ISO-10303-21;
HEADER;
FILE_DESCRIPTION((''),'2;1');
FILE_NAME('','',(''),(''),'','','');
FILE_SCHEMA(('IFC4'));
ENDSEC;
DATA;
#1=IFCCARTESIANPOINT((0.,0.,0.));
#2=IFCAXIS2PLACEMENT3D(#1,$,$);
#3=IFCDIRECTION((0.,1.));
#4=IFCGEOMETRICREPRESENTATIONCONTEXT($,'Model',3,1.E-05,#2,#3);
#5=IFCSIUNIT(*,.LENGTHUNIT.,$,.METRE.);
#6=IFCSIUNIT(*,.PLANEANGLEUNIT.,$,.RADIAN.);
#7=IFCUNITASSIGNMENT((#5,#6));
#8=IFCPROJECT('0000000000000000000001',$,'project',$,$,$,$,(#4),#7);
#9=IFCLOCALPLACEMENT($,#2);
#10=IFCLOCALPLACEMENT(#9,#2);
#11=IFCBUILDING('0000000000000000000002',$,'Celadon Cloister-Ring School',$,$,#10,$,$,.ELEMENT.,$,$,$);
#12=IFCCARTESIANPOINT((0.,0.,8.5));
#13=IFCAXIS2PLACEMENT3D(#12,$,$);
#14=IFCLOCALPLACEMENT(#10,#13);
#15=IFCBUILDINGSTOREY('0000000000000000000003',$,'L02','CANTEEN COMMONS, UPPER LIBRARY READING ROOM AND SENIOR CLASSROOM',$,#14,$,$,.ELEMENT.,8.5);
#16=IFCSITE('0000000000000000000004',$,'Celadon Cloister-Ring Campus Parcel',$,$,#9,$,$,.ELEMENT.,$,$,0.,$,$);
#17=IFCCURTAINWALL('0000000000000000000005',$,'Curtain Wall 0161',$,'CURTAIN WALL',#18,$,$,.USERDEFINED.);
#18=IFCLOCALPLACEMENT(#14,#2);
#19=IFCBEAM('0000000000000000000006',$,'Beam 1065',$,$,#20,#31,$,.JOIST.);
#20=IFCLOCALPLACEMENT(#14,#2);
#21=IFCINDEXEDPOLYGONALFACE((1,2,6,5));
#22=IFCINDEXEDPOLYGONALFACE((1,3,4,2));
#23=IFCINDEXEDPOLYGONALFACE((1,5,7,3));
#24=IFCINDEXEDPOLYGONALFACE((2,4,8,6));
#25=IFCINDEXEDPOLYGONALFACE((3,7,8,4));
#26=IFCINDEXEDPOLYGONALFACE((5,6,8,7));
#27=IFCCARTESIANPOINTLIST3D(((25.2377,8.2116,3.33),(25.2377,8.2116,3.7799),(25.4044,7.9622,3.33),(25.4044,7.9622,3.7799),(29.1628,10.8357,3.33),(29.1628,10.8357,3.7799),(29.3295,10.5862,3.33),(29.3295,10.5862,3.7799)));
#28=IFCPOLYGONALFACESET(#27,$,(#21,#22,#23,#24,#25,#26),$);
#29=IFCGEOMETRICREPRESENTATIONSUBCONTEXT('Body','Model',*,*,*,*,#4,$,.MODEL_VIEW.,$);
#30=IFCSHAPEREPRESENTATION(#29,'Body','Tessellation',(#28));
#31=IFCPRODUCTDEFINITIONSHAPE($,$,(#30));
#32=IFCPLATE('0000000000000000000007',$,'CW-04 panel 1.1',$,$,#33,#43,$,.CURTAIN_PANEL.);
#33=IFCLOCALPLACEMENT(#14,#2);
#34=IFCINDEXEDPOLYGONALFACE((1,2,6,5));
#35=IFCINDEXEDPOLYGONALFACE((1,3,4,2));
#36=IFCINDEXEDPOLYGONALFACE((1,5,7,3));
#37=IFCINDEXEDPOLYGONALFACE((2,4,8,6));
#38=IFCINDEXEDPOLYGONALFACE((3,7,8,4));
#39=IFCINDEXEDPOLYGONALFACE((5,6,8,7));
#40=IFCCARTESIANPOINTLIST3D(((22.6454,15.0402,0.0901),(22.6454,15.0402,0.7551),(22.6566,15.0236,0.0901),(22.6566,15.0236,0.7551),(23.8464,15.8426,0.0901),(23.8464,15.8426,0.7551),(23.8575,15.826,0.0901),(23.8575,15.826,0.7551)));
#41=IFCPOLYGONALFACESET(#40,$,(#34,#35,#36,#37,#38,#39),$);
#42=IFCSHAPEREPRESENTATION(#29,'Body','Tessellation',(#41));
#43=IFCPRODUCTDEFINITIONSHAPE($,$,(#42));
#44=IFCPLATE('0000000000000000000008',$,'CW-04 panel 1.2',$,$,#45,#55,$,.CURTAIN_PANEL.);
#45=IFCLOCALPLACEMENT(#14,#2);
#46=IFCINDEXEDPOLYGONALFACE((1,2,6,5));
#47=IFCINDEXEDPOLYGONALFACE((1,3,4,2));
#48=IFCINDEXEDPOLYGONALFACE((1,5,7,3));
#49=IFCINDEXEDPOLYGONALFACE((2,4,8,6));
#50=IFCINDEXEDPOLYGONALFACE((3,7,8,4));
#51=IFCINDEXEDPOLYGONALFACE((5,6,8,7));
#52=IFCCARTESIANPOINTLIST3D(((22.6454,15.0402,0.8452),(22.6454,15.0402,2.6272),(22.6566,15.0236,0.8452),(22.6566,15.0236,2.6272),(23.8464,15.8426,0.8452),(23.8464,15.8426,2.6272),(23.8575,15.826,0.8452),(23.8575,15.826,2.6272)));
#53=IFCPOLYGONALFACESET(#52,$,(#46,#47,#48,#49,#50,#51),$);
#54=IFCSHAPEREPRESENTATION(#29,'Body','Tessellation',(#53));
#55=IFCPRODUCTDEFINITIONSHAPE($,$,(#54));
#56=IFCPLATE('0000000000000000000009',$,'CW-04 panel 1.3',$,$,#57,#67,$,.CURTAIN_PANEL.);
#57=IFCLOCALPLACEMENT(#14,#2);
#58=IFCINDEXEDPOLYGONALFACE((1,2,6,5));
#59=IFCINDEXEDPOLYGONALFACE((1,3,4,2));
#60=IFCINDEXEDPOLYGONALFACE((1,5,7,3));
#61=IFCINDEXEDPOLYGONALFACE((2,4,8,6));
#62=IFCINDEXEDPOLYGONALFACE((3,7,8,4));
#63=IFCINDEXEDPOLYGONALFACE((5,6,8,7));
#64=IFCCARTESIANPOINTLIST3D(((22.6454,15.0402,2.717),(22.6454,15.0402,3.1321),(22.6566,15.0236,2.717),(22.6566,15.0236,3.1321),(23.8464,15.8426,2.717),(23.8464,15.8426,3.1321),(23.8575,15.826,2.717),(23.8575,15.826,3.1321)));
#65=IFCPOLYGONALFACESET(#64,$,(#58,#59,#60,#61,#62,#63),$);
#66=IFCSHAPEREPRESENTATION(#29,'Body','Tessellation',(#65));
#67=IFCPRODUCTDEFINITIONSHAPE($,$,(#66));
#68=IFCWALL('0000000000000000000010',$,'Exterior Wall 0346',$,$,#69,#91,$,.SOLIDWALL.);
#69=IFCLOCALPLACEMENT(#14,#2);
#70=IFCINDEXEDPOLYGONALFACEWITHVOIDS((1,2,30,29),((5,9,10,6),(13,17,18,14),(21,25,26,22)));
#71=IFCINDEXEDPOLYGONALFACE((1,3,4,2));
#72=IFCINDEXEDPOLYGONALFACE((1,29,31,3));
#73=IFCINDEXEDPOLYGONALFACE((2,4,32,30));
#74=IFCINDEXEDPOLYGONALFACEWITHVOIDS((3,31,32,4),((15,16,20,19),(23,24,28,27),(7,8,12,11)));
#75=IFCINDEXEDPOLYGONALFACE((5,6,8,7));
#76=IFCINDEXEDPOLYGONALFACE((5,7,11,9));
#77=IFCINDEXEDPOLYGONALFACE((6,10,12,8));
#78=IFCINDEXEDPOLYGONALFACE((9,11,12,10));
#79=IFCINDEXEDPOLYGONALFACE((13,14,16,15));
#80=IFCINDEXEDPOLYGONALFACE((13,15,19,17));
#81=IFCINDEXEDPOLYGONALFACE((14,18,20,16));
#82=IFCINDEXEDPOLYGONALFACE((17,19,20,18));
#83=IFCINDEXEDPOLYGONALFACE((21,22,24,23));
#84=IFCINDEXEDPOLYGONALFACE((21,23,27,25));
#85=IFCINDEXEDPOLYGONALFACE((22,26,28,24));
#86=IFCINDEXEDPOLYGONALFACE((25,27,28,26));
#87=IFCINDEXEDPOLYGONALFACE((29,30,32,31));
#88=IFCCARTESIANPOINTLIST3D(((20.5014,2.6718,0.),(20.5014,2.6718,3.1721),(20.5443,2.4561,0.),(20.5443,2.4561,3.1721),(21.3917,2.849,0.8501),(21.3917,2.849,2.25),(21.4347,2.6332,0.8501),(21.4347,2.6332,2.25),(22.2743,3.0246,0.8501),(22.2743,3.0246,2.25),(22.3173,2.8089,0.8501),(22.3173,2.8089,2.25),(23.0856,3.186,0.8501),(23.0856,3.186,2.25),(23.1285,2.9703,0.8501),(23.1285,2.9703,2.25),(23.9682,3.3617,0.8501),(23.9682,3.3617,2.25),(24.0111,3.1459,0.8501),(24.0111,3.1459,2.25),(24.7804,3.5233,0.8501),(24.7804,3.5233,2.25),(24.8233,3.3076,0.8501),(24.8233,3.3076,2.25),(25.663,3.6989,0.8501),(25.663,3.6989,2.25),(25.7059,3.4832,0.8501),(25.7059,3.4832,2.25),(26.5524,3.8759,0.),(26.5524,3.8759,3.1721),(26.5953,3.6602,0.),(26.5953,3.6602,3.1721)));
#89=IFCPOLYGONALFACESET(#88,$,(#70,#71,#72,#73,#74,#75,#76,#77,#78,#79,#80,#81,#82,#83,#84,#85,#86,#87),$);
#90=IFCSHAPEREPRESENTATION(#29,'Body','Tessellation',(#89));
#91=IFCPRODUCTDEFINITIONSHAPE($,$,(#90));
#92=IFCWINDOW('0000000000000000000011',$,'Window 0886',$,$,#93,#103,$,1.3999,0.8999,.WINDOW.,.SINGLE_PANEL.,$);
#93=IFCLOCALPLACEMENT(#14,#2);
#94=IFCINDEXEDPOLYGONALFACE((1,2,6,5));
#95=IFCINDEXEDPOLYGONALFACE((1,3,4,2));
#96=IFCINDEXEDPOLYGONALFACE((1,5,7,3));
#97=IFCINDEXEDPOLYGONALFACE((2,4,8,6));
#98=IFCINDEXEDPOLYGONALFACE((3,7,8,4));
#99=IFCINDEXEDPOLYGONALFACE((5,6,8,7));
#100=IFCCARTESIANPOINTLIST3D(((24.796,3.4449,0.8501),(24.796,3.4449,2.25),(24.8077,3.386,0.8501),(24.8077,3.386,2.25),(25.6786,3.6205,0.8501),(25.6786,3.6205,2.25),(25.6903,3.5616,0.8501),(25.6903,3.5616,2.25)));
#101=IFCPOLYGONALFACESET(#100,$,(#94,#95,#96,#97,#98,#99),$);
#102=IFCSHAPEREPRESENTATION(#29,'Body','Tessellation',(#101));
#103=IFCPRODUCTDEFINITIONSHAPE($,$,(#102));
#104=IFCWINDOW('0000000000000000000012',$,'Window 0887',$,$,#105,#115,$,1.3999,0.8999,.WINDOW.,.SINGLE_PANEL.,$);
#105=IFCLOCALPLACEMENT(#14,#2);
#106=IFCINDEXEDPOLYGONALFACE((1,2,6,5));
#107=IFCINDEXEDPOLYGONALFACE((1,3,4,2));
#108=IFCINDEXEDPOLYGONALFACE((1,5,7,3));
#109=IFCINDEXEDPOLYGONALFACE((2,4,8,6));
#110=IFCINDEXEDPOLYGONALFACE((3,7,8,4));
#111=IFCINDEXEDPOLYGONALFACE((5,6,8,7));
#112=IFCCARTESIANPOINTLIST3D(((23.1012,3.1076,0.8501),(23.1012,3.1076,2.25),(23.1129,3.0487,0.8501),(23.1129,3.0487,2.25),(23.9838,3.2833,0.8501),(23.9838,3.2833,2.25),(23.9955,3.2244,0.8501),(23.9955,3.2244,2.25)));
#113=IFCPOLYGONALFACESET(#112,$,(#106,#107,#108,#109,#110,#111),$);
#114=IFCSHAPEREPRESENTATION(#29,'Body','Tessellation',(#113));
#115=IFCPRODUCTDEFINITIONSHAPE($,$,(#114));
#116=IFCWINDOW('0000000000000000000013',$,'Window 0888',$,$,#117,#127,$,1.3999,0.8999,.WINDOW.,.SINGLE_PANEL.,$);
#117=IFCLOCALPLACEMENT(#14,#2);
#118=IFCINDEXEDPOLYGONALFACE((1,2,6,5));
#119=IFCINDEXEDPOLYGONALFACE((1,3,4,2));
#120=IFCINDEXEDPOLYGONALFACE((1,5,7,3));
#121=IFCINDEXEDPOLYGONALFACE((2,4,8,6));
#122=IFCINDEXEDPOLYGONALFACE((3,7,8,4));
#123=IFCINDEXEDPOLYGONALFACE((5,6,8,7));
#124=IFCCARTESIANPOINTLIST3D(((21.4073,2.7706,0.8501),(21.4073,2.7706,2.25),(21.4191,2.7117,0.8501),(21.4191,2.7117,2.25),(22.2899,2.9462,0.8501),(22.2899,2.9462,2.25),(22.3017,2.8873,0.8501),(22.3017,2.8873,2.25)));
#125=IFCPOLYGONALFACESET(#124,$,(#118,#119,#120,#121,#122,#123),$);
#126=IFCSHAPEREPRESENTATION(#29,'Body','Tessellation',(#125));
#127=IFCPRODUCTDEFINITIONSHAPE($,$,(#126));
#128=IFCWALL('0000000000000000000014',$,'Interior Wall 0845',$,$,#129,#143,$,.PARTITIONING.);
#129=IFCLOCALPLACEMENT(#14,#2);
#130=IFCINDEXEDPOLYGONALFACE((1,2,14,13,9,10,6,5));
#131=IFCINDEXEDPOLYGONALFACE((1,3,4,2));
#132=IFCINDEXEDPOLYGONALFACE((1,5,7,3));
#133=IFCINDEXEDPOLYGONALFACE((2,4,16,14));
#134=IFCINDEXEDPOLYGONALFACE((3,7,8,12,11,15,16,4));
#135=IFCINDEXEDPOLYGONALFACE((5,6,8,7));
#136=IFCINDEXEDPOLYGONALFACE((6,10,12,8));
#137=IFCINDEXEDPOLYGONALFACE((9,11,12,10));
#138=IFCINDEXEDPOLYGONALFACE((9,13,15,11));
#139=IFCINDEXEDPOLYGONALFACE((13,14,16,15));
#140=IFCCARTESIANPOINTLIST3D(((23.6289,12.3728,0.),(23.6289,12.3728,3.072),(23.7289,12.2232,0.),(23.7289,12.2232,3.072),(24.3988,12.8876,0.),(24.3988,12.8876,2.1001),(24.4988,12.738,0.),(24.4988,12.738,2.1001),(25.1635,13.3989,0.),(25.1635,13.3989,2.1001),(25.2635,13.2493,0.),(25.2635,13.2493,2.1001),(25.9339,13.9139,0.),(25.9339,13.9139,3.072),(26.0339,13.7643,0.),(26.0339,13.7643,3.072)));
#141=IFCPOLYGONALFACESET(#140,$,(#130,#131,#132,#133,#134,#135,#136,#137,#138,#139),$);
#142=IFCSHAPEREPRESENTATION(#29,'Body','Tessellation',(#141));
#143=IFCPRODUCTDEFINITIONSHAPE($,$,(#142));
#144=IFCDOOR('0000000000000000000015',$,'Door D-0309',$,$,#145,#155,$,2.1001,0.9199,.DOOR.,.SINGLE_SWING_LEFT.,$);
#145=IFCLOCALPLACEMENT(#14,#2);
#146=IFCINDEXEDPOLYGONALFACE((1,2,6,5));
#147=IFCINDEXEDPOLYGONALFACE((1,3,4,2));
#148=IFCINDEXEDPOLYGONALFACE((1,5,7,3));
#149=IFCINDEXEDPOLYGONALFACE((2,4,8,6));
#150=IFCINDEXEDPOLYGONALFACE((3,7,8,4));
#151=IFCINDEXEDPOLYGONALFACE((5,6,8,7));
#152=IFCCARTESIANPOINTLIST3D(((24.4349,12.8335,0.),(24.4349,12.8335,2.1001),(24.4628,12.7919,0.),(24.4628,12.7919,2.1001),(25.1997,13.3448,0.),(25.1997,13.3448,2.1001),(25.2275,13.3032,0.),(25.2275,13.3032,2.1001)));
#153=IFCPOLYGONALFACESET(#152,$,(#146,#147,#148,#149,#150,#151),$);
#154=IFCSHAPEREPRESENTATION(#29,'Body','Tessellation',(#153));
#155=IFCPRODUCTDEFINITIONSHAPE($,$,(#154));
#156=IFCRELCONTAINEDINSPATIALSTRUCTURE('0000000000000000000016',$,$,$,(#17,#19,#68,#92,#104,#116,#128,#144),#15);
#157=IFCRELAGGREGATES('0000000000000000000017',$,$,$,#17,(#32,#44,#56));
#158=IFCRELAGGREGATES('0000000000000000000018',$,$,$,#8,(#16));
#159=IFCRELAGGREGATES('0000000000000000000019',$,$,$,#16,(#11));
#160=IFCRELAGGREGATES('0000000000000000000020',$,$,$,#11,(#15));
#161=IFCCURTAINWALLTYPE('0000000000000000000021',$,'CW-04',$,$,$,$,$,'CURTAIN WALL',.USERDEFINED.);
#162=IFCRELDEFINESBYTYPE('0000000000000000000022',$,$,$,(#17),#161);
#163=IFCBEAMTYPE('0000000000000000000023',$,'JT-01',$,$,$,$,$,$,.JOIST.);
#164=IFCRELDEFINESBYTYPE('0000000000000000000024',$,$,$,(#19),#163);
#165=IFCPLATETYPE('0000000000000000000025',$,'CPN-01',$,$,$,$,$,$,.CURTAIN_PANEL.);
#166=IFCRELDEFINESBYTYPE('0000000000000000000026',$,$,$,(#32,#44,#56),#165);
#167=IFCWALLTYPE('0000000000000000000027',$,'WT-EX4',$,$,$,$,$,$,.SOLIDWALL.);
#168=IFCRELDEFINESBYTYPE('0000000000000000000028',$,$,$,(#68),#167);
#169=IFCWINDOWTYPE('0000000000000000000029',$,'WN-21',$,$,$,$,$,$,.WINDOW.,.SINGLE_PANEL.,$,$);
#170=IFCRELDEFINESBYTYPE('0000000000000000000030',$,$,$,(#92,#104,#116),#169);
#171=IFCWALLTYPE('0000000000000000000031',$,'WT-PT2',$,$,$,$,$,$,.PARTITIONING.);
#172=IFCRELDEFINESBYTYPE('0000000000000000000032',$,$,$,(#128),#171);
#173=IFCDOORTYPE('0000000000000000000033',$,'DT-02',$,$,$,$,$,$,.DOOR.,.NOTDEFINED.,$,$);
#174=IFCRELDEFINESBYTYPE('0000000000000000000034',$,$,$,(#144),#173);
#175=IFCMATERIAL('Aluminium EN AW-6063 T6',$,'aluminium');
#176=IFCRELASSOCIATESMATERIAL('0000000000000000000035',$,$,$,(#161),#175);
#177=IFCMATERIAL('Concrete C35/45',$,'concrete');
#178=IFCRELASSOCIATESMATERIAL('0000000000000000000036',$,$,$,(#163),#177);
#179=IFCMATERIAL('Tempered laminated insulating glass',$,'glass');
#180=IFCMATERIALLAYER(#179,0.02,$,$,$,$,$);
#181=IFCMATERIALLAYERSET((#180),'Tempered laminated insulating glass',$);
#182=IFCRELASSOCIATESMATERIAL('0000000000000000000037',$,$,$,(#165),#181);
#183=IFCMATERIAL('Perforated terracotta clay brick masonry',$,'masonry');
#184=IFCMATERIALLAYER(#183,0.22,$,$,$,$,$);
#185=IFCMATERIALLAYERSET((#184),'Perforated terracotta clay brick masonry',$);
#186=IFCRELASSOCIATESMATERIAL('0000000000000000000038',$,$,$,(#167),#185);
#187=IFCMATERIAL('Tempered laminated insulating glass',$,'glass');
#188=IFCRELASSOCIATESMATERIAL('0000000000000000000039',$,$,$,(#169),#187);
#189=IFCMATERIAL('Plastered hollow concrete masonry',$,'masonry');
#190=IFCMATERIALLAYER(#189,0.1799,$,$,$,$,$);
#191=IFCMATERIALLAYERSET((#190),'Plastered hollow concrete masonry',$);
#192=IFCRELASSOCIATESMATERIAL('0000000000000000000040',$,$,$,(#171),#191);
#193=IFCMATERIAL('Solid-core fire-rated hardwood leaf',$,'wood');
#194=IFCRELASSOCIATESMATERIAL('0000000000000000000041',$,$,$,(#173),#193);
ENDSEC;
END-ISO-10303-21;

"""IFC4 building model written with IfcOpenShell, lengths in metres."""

from ifc_helpers import new_model, si_unit, direction, frame, frame_2d, origin, origin_2d, place, context, subcontext, project, spatial, rectangle, extrude, material, layer, layer_set, material_profile, profile_set, type_object, element, fill, aggregate, save


model = new_model("IFC4")

# Units and contexts
model_context = context("Model", 3, precision=1e-05, world=origin(), true_north=direction((0.0, 1.0)))
body_context = subcontext(model_context, "Body", "Model", "MODEL_VIEW")
ifc_project = project(units=[si_unit("LENGTHUNIT", "METRE"), si_unit("PLANEANGLEUNIT", "RADIAN")], contexts=[model_context])

# Site, building, storey
site_placement = place(None, origin())
site = spatial("IfcSite", under=ifc_project, at=site_placement, Name="Celadon Cloister-Ring Campus Parcel", CompositionType="ELEMENT", RefElevation=0.0)
building_placement = place(site_placement, origin())
building = spatial("IfcBuilding", under=site, at=building_placement, Name="Celadon Cloister-Ring School", CompositionType="ELEMENT")
storey_placement = place(building_placement, frame((0.0, 0.0, 8.5)))
storey = spatial("IfcBuildingStorey", under=building, at=storey_placement, Name="L02", Description="CANTEEN COMMONS, UPPER LIBRARY READING ROOM AND SENIOR CLASSROOM", CompositionType="ELEMENT", Elevation=8.5)

# Curtain wall
ifc_material_1 = material(Name="Aluminium EN AW-6063 T6", Category="aluminium")
curtain_wall_type = type_object("IfcCurtainWallType", Name="CW-04", ElementType="CURTAIN WALL", PredefinedType="USERDEFINED", material=ifc_material_1)
curtain_wall_placement = place(storey_placement, origin())
curtain_wall = element("IfcCurtainWall", 1, at=curtain_wall_placement, inside=storey, type_object=curtain_wall_type, Name="Curtain Wall 0161", ObjectType="CURTAIN WALL", PredefinedType="USERDEFINED")

# Beam
ifc_material_2 = material(Name="Concrete C35/45", Category="concrete")
ifc_material_profile_1 = material_profile(ifc_material_2, rectangle(XDim=0.3, YDim=0.45, at=origin_2d()), Name="RC300X450")
ifc_profile_set_1 = profile_set([ifc_material_profile_1], Name="Concrete C35/45")
beam_type_1 = type_object("IfcBeamType", Name="JT-01", PredefinedType="JOIST", material=ifc_profile_set_1)
beam_1_placement = place(storey_placement, frame((25.321, 8.0869, 3.5549), z_axis=(0.831334, 0.555774, 0.0), x_axis=(-0.555774, 0.831334, 0.0)))
element("IfcBeam", 2, at=beam_1_placement, inside=storey, type_object=beam_type_1, Name="Beam 1065", PredefinedType="JOIST", context=body_context, shape_type="SweptSolid", body=[
    extrude(rectangle(XDim=0.3, YDim=0.45, at=origin_2d()), origin(), (0.0, 0.0, 1.0), 4.7214),
])

# Plates
ifc_material_3 = material(Name="Tempered laminated insulating glass", Category="glass")
ifc_layer_1 = layer(ifc_material_3, 0.02)
ifc_layer_set_1 = layer_set([ifc_layer_1], Name="Tempered laminated insulating glass")
plate_type = type_object("IfcPlateType", Name="CPN-01", PredefinedType="CURTAIN_PANEL", material=ifc_layer_set_1)
plate_1_placement = place(storey_placement, frame((23.2515, 15.4331, 0.0901), z_axis=(0.0, 0.0, 1.0), x_axis=(0.831485, 0.555547, 0.0)))
plate_1 = element("IfcPlate", 3, at=plate_1_placement, type_object=plate_type, Name="CW-04 panel 1.1", PredefinedType="CURTAIN_PANEL", context=body_context, shape_type="SweptSolid", body=[
    extrude(rectangle(XDim=1.4443, YDim=0.02, at=origin_2d()), origin(), (0.0, 0.0, 1.0), 0.665),
])
plate_2_placement = place(storey_placement, frame((23.2515, 15.4331, 0.8452), z_axis=(0.0, 0.0, 1.0), x_axis=(0.831485, 0.555547, 0.0)))
plate_2 = element("IfcPlate", 4, at=plate_2_placement, type_object=plate_type, Name="CW-04 panel 1.2", PredefinedType="CURTAIN_PANEL", context=body_context, shape_type="SweptSolid", body=[
    extrude(rectangle(XDim=1.4443, YDim=0.02, at=origin_2d()), origin(), (0.0, 0.0, 1.0), 1.782),
])
plate_3_placement = place(storey_placement, frame((23.2515, 15.4331, 2.717), z_axis=(0.0, 0.0, 1.0), x_axis=(0.831485, 0.555547, 0.0)))
plate_3 = element("IfcPlate", 5, at=plate_3_placement, type_object=plate_type, Name="CW-04 panel 1.3", PredefinedType="CURTAIN_PANEL", context=body_context, shape_type="SweptSolid", body=[
    extrude(rectangle(XDim=1.4443, YDim=0.02, at=origin_2d()), origin(), (0.0, 0.0, 1.0), 0.415),
])
aggregate(curtain_wall, [plate_1, plate_2, plate_3])

# Wall, openings, windows
ifc_material_4 = material(Name="Perforated terracotta clay brick masonry", Category="masonry")
ifc_layer_2 = layer(ifc_material_4, 0.22)
ifc_layer_set_2 = layer_set([ifc_layer_2], Name="Perforated terracotta clay brick masonry")
wall_type_1 = type_object("IfcWallType", Name="WT-EX4", PredefinedType="SOLIDWALL", material=ifc_layer_set_2)
wall_1_placement = place(storey_placement, frame((26.574, 3.7681, 0.0), z_axis=(0.0, 0.0, 1.0), x_axis=(-0.98077, -0.195165, 0.0)))
wall_1 = element("IfcWall", 6, at=wall_1_placement, inside=storey, type_object=wall_type_1, Name="Exterior Wall 0346", PredefinedType="SOLIDWALL", context=body_context, shape_type="SweptSolid", body=[
    extrude(rectangle(XDim=6.1697, YDim=0.22, at=frame_2d((3.085, 0.0))), origin(), (0.0, 0.0, 1.0), 3.1721),
])
opening_1_placement = place(wall_1_placement, frame((0.907, 0.0, 0.8501)))
opening_1 = element("IfcOpeningElement", 7, at=opening_1_placement, cuts=wall_1, PredefinedType="OPENING", context=body_context, shape_type="SweptSolid", body=[
    extrude(rectangle(XDim=0.8999, YDim=1.3999, at=frame_2d((0.45, 0.7))), frame((0.0, 0.1201, 0.0), z_axis=(0.0, -1.0, 0.0), x_axis=(1.0, 0.0, 0.0)), (0.0, 0.0, 1.0), 0.24),
])
opening_2_placement = place(wall_1_placement, frame((2.635, 0.0, 0.8501)))
opening_2 = element("IfcOpeningElement", 8, at=opening_2_placement, cuts=wall_1, PredefinedType="OPENING", context=body_context, shape_type="SweptSolid", body=[
    extrude(rectangle(XDim=0.8999, YDim=1.3999, at=frame_2d((0.45, 0.7))), frame((0.0, 0.1201, 0.0), z_axis=(0.0, -1.0, 0.0), x_axis=(1.0, 0.0, 0.0)), (0.0, 0.0, 1.0), 0.24),
])
opening_3_placement = place(wall_1_placement, frame((4.3621, 0.0, 0.8501)))
opening_3 = element("IfcOpeningElement", 9, at=opening_3_placement, cuts=wall_1, PredefinedType="OPENING", context=body_context, shape_type="SweptSolid", body=[
    extrude(rectangle(XDim=0.8999, YDim=1.3999, at=frame_2d((0.45, 0.7))), frame((0.0, 0.1201, 0.0), z_axis=(0.0, -1.0, 0.0), x_axis=(1.0, 0.0, 0.0)), (0.0, 0.0, 1.0), 0.24),
])
ifc_material_5 = material(Name="Tempered laminated insulating glass", Category="glass")
window_type = type_object("IfcWindowType", Name="WN-21", PartitioningType="SINGLE_PANEL", PredefinedType="WINDOW", material=ifc_material_5)
window_1_placement = place(opening_1_placement, origin())
window_1 = element("IfcWindow", 10, at=window_1_placement, inside=storey, type_object=window_type, Name="Window 0886", OverallHeight=1.3999, OverallWidth=0.8999, PartitioningType="SINGLE_PANEL", PredefinedType="WINDOW", context=body_context, shape_type="SweptSolid", body=[
    extrude(rectangle(XDim=0.8999, YDim=1.3999, at=frame_2d((0.45, 0.7))), frame((0.0, 0.03, 0.0), z_axis=(0.0, -1.0, 0.0), x_axis=(1.0, 0.0, 0.0)), (0.0, 0.0, 1.0), 0.0601),
])
fill(opening_1, window_1)
window_2_placement = place(opening_2_placement, origin())
window_2 = element("IfcWindow", 11, at=window_2_placement, inside=storey, type_object=window_type, Name="Window 0887", OverallHeight=1.3999, OverallWidth=0.8999, PartitioningType="SINGLE_PANEL", PredefinedType="WINDOW", context=body_context, shape_type="SweptSolid", body=[
    extrude(rectangle(XDim=0.8999, YDim=1.3999, at=frame_2d((0.45, 0.7))), frame((0.0, 0.03, 0.0), z_axis=(0.0, -1.0, 0.0), x_axis=(1.0, 0.0, 0.0)), (0.0, 0.0, 1.0), 0.0601),
])
fill(opening_2, window_2)
window_3_placement = place(opening_3_placement, origin())
window_3 = element("IfcWindow", 12, at=window_3_placement, inside=storey, type_object=window_type, Name="Window 0888", OverallHeight=1.3999, OverallWidth=0.8999, PartitioningType="SINGLE_PANEL", PredefinedType="WINDOW", context=body_context, shape_type="SweptSolid", body=[
    extrude(rectangle(XDim=0.8999, YDim=1.3999, at=frame_2d((0.45, 0.7))), frame((0.0, 0.03, 0.0), z_axis=(0.0, -1.0, 0.0), x_axis=(1.0, 0.0, 0.0)), (0.0, 0.0, 1.0), 0.0601),
])
fill(opening_3, window_3)

# Wall, opening, door
ifc_material_6 = material(Name="Plastered hollow concrete masonry", Category="masonry")
ifc_layer_3 = layer(ifc_material_6, 0.1799)
ifc_layer_set_3 = layer_set([ifc_layer_3], Name="Plastered hollow concrete masonry")
wall_type_2 = type_object("IfcWallType", Name="WT-PT2", PredefinedType="PARTITIONING", material=ifc_layer_set_3)
wall_2_placement = place(storey_placement, frame((23.679, 12.2981, 0.0), z_axis=(0.0, 0.0, 1.0), x_axis=(0.831318, 0.555797, 0.0)))
wall_2 = element("IfcWall", 13, at=wall_2_placement, inside=storey, type_object=wall_type_2, Name="Interior Wall 0845", PredefinedType="PARTITIONING", context=body_context, shape_type="SweptSolid", body=[
    extrude(rectangle(XDim=2.7727, YDim=0.1799, at=frame_2d((1.3862, 0.0))), origin(), (0.0, 0.0, 1.0), 3.072),
])
opening_4_placement = place(wall_2_placement, frame((0.926, 0.0, 0.0)))
opening_4 = element("IfcOpeningElement", 14, at=opening_4_placement, cuts=wall_2, PredefinedType="OPENING", context=body_context, shape_type="SweptSolid", body=[
    extrude(rectangle(XDim=0.9199, YDim=2.1001, at=frame_2d((0.46, 1.05))), frame((0.0, 0.1001, 0.0), z_axis=(0.0, -1.0, 0.0), x_axis=(1.0, 0.0, 0.0)), (0.0, 0.0, 1.0), 0.2),
])
ifc_material_7 = material(Name="Solid-core fire-rated hardwood leaf", Category="wood")
door_type = type_object("IfcDoorType", Name="DT-02", OperationType="NOTDEFINED", PredefinedType="DOOR", material=ifc_material_7)
door_1_placement = place(opening_4_placement, origin())
door_1 = element("IfcDoor", 15, at=door_1_placement, inside=storey, type_object=door_type, Name="Door D-0309", OperationType="SINGLE_SWING_LEFT", OverallHeight=2.1001, OverallWidth=0.9199, PredefinedType="DOOR", context=body_context, shape_type="SweptSolid", body=[
    extrude(rectangle(XDim=0.9199, YDim=2.1001, at=frame_2d((0.46, 1.05))), frame((0.0, 0.0249, 0.0), z_axis=(0.0, -1.0, 0.0), x_axis=(1.0, 0.0, 0.0)), (0.0, 0.0, 1.0), 0.05),
])
fill(opening_4, door_1)

save(model, "model.ifc")
